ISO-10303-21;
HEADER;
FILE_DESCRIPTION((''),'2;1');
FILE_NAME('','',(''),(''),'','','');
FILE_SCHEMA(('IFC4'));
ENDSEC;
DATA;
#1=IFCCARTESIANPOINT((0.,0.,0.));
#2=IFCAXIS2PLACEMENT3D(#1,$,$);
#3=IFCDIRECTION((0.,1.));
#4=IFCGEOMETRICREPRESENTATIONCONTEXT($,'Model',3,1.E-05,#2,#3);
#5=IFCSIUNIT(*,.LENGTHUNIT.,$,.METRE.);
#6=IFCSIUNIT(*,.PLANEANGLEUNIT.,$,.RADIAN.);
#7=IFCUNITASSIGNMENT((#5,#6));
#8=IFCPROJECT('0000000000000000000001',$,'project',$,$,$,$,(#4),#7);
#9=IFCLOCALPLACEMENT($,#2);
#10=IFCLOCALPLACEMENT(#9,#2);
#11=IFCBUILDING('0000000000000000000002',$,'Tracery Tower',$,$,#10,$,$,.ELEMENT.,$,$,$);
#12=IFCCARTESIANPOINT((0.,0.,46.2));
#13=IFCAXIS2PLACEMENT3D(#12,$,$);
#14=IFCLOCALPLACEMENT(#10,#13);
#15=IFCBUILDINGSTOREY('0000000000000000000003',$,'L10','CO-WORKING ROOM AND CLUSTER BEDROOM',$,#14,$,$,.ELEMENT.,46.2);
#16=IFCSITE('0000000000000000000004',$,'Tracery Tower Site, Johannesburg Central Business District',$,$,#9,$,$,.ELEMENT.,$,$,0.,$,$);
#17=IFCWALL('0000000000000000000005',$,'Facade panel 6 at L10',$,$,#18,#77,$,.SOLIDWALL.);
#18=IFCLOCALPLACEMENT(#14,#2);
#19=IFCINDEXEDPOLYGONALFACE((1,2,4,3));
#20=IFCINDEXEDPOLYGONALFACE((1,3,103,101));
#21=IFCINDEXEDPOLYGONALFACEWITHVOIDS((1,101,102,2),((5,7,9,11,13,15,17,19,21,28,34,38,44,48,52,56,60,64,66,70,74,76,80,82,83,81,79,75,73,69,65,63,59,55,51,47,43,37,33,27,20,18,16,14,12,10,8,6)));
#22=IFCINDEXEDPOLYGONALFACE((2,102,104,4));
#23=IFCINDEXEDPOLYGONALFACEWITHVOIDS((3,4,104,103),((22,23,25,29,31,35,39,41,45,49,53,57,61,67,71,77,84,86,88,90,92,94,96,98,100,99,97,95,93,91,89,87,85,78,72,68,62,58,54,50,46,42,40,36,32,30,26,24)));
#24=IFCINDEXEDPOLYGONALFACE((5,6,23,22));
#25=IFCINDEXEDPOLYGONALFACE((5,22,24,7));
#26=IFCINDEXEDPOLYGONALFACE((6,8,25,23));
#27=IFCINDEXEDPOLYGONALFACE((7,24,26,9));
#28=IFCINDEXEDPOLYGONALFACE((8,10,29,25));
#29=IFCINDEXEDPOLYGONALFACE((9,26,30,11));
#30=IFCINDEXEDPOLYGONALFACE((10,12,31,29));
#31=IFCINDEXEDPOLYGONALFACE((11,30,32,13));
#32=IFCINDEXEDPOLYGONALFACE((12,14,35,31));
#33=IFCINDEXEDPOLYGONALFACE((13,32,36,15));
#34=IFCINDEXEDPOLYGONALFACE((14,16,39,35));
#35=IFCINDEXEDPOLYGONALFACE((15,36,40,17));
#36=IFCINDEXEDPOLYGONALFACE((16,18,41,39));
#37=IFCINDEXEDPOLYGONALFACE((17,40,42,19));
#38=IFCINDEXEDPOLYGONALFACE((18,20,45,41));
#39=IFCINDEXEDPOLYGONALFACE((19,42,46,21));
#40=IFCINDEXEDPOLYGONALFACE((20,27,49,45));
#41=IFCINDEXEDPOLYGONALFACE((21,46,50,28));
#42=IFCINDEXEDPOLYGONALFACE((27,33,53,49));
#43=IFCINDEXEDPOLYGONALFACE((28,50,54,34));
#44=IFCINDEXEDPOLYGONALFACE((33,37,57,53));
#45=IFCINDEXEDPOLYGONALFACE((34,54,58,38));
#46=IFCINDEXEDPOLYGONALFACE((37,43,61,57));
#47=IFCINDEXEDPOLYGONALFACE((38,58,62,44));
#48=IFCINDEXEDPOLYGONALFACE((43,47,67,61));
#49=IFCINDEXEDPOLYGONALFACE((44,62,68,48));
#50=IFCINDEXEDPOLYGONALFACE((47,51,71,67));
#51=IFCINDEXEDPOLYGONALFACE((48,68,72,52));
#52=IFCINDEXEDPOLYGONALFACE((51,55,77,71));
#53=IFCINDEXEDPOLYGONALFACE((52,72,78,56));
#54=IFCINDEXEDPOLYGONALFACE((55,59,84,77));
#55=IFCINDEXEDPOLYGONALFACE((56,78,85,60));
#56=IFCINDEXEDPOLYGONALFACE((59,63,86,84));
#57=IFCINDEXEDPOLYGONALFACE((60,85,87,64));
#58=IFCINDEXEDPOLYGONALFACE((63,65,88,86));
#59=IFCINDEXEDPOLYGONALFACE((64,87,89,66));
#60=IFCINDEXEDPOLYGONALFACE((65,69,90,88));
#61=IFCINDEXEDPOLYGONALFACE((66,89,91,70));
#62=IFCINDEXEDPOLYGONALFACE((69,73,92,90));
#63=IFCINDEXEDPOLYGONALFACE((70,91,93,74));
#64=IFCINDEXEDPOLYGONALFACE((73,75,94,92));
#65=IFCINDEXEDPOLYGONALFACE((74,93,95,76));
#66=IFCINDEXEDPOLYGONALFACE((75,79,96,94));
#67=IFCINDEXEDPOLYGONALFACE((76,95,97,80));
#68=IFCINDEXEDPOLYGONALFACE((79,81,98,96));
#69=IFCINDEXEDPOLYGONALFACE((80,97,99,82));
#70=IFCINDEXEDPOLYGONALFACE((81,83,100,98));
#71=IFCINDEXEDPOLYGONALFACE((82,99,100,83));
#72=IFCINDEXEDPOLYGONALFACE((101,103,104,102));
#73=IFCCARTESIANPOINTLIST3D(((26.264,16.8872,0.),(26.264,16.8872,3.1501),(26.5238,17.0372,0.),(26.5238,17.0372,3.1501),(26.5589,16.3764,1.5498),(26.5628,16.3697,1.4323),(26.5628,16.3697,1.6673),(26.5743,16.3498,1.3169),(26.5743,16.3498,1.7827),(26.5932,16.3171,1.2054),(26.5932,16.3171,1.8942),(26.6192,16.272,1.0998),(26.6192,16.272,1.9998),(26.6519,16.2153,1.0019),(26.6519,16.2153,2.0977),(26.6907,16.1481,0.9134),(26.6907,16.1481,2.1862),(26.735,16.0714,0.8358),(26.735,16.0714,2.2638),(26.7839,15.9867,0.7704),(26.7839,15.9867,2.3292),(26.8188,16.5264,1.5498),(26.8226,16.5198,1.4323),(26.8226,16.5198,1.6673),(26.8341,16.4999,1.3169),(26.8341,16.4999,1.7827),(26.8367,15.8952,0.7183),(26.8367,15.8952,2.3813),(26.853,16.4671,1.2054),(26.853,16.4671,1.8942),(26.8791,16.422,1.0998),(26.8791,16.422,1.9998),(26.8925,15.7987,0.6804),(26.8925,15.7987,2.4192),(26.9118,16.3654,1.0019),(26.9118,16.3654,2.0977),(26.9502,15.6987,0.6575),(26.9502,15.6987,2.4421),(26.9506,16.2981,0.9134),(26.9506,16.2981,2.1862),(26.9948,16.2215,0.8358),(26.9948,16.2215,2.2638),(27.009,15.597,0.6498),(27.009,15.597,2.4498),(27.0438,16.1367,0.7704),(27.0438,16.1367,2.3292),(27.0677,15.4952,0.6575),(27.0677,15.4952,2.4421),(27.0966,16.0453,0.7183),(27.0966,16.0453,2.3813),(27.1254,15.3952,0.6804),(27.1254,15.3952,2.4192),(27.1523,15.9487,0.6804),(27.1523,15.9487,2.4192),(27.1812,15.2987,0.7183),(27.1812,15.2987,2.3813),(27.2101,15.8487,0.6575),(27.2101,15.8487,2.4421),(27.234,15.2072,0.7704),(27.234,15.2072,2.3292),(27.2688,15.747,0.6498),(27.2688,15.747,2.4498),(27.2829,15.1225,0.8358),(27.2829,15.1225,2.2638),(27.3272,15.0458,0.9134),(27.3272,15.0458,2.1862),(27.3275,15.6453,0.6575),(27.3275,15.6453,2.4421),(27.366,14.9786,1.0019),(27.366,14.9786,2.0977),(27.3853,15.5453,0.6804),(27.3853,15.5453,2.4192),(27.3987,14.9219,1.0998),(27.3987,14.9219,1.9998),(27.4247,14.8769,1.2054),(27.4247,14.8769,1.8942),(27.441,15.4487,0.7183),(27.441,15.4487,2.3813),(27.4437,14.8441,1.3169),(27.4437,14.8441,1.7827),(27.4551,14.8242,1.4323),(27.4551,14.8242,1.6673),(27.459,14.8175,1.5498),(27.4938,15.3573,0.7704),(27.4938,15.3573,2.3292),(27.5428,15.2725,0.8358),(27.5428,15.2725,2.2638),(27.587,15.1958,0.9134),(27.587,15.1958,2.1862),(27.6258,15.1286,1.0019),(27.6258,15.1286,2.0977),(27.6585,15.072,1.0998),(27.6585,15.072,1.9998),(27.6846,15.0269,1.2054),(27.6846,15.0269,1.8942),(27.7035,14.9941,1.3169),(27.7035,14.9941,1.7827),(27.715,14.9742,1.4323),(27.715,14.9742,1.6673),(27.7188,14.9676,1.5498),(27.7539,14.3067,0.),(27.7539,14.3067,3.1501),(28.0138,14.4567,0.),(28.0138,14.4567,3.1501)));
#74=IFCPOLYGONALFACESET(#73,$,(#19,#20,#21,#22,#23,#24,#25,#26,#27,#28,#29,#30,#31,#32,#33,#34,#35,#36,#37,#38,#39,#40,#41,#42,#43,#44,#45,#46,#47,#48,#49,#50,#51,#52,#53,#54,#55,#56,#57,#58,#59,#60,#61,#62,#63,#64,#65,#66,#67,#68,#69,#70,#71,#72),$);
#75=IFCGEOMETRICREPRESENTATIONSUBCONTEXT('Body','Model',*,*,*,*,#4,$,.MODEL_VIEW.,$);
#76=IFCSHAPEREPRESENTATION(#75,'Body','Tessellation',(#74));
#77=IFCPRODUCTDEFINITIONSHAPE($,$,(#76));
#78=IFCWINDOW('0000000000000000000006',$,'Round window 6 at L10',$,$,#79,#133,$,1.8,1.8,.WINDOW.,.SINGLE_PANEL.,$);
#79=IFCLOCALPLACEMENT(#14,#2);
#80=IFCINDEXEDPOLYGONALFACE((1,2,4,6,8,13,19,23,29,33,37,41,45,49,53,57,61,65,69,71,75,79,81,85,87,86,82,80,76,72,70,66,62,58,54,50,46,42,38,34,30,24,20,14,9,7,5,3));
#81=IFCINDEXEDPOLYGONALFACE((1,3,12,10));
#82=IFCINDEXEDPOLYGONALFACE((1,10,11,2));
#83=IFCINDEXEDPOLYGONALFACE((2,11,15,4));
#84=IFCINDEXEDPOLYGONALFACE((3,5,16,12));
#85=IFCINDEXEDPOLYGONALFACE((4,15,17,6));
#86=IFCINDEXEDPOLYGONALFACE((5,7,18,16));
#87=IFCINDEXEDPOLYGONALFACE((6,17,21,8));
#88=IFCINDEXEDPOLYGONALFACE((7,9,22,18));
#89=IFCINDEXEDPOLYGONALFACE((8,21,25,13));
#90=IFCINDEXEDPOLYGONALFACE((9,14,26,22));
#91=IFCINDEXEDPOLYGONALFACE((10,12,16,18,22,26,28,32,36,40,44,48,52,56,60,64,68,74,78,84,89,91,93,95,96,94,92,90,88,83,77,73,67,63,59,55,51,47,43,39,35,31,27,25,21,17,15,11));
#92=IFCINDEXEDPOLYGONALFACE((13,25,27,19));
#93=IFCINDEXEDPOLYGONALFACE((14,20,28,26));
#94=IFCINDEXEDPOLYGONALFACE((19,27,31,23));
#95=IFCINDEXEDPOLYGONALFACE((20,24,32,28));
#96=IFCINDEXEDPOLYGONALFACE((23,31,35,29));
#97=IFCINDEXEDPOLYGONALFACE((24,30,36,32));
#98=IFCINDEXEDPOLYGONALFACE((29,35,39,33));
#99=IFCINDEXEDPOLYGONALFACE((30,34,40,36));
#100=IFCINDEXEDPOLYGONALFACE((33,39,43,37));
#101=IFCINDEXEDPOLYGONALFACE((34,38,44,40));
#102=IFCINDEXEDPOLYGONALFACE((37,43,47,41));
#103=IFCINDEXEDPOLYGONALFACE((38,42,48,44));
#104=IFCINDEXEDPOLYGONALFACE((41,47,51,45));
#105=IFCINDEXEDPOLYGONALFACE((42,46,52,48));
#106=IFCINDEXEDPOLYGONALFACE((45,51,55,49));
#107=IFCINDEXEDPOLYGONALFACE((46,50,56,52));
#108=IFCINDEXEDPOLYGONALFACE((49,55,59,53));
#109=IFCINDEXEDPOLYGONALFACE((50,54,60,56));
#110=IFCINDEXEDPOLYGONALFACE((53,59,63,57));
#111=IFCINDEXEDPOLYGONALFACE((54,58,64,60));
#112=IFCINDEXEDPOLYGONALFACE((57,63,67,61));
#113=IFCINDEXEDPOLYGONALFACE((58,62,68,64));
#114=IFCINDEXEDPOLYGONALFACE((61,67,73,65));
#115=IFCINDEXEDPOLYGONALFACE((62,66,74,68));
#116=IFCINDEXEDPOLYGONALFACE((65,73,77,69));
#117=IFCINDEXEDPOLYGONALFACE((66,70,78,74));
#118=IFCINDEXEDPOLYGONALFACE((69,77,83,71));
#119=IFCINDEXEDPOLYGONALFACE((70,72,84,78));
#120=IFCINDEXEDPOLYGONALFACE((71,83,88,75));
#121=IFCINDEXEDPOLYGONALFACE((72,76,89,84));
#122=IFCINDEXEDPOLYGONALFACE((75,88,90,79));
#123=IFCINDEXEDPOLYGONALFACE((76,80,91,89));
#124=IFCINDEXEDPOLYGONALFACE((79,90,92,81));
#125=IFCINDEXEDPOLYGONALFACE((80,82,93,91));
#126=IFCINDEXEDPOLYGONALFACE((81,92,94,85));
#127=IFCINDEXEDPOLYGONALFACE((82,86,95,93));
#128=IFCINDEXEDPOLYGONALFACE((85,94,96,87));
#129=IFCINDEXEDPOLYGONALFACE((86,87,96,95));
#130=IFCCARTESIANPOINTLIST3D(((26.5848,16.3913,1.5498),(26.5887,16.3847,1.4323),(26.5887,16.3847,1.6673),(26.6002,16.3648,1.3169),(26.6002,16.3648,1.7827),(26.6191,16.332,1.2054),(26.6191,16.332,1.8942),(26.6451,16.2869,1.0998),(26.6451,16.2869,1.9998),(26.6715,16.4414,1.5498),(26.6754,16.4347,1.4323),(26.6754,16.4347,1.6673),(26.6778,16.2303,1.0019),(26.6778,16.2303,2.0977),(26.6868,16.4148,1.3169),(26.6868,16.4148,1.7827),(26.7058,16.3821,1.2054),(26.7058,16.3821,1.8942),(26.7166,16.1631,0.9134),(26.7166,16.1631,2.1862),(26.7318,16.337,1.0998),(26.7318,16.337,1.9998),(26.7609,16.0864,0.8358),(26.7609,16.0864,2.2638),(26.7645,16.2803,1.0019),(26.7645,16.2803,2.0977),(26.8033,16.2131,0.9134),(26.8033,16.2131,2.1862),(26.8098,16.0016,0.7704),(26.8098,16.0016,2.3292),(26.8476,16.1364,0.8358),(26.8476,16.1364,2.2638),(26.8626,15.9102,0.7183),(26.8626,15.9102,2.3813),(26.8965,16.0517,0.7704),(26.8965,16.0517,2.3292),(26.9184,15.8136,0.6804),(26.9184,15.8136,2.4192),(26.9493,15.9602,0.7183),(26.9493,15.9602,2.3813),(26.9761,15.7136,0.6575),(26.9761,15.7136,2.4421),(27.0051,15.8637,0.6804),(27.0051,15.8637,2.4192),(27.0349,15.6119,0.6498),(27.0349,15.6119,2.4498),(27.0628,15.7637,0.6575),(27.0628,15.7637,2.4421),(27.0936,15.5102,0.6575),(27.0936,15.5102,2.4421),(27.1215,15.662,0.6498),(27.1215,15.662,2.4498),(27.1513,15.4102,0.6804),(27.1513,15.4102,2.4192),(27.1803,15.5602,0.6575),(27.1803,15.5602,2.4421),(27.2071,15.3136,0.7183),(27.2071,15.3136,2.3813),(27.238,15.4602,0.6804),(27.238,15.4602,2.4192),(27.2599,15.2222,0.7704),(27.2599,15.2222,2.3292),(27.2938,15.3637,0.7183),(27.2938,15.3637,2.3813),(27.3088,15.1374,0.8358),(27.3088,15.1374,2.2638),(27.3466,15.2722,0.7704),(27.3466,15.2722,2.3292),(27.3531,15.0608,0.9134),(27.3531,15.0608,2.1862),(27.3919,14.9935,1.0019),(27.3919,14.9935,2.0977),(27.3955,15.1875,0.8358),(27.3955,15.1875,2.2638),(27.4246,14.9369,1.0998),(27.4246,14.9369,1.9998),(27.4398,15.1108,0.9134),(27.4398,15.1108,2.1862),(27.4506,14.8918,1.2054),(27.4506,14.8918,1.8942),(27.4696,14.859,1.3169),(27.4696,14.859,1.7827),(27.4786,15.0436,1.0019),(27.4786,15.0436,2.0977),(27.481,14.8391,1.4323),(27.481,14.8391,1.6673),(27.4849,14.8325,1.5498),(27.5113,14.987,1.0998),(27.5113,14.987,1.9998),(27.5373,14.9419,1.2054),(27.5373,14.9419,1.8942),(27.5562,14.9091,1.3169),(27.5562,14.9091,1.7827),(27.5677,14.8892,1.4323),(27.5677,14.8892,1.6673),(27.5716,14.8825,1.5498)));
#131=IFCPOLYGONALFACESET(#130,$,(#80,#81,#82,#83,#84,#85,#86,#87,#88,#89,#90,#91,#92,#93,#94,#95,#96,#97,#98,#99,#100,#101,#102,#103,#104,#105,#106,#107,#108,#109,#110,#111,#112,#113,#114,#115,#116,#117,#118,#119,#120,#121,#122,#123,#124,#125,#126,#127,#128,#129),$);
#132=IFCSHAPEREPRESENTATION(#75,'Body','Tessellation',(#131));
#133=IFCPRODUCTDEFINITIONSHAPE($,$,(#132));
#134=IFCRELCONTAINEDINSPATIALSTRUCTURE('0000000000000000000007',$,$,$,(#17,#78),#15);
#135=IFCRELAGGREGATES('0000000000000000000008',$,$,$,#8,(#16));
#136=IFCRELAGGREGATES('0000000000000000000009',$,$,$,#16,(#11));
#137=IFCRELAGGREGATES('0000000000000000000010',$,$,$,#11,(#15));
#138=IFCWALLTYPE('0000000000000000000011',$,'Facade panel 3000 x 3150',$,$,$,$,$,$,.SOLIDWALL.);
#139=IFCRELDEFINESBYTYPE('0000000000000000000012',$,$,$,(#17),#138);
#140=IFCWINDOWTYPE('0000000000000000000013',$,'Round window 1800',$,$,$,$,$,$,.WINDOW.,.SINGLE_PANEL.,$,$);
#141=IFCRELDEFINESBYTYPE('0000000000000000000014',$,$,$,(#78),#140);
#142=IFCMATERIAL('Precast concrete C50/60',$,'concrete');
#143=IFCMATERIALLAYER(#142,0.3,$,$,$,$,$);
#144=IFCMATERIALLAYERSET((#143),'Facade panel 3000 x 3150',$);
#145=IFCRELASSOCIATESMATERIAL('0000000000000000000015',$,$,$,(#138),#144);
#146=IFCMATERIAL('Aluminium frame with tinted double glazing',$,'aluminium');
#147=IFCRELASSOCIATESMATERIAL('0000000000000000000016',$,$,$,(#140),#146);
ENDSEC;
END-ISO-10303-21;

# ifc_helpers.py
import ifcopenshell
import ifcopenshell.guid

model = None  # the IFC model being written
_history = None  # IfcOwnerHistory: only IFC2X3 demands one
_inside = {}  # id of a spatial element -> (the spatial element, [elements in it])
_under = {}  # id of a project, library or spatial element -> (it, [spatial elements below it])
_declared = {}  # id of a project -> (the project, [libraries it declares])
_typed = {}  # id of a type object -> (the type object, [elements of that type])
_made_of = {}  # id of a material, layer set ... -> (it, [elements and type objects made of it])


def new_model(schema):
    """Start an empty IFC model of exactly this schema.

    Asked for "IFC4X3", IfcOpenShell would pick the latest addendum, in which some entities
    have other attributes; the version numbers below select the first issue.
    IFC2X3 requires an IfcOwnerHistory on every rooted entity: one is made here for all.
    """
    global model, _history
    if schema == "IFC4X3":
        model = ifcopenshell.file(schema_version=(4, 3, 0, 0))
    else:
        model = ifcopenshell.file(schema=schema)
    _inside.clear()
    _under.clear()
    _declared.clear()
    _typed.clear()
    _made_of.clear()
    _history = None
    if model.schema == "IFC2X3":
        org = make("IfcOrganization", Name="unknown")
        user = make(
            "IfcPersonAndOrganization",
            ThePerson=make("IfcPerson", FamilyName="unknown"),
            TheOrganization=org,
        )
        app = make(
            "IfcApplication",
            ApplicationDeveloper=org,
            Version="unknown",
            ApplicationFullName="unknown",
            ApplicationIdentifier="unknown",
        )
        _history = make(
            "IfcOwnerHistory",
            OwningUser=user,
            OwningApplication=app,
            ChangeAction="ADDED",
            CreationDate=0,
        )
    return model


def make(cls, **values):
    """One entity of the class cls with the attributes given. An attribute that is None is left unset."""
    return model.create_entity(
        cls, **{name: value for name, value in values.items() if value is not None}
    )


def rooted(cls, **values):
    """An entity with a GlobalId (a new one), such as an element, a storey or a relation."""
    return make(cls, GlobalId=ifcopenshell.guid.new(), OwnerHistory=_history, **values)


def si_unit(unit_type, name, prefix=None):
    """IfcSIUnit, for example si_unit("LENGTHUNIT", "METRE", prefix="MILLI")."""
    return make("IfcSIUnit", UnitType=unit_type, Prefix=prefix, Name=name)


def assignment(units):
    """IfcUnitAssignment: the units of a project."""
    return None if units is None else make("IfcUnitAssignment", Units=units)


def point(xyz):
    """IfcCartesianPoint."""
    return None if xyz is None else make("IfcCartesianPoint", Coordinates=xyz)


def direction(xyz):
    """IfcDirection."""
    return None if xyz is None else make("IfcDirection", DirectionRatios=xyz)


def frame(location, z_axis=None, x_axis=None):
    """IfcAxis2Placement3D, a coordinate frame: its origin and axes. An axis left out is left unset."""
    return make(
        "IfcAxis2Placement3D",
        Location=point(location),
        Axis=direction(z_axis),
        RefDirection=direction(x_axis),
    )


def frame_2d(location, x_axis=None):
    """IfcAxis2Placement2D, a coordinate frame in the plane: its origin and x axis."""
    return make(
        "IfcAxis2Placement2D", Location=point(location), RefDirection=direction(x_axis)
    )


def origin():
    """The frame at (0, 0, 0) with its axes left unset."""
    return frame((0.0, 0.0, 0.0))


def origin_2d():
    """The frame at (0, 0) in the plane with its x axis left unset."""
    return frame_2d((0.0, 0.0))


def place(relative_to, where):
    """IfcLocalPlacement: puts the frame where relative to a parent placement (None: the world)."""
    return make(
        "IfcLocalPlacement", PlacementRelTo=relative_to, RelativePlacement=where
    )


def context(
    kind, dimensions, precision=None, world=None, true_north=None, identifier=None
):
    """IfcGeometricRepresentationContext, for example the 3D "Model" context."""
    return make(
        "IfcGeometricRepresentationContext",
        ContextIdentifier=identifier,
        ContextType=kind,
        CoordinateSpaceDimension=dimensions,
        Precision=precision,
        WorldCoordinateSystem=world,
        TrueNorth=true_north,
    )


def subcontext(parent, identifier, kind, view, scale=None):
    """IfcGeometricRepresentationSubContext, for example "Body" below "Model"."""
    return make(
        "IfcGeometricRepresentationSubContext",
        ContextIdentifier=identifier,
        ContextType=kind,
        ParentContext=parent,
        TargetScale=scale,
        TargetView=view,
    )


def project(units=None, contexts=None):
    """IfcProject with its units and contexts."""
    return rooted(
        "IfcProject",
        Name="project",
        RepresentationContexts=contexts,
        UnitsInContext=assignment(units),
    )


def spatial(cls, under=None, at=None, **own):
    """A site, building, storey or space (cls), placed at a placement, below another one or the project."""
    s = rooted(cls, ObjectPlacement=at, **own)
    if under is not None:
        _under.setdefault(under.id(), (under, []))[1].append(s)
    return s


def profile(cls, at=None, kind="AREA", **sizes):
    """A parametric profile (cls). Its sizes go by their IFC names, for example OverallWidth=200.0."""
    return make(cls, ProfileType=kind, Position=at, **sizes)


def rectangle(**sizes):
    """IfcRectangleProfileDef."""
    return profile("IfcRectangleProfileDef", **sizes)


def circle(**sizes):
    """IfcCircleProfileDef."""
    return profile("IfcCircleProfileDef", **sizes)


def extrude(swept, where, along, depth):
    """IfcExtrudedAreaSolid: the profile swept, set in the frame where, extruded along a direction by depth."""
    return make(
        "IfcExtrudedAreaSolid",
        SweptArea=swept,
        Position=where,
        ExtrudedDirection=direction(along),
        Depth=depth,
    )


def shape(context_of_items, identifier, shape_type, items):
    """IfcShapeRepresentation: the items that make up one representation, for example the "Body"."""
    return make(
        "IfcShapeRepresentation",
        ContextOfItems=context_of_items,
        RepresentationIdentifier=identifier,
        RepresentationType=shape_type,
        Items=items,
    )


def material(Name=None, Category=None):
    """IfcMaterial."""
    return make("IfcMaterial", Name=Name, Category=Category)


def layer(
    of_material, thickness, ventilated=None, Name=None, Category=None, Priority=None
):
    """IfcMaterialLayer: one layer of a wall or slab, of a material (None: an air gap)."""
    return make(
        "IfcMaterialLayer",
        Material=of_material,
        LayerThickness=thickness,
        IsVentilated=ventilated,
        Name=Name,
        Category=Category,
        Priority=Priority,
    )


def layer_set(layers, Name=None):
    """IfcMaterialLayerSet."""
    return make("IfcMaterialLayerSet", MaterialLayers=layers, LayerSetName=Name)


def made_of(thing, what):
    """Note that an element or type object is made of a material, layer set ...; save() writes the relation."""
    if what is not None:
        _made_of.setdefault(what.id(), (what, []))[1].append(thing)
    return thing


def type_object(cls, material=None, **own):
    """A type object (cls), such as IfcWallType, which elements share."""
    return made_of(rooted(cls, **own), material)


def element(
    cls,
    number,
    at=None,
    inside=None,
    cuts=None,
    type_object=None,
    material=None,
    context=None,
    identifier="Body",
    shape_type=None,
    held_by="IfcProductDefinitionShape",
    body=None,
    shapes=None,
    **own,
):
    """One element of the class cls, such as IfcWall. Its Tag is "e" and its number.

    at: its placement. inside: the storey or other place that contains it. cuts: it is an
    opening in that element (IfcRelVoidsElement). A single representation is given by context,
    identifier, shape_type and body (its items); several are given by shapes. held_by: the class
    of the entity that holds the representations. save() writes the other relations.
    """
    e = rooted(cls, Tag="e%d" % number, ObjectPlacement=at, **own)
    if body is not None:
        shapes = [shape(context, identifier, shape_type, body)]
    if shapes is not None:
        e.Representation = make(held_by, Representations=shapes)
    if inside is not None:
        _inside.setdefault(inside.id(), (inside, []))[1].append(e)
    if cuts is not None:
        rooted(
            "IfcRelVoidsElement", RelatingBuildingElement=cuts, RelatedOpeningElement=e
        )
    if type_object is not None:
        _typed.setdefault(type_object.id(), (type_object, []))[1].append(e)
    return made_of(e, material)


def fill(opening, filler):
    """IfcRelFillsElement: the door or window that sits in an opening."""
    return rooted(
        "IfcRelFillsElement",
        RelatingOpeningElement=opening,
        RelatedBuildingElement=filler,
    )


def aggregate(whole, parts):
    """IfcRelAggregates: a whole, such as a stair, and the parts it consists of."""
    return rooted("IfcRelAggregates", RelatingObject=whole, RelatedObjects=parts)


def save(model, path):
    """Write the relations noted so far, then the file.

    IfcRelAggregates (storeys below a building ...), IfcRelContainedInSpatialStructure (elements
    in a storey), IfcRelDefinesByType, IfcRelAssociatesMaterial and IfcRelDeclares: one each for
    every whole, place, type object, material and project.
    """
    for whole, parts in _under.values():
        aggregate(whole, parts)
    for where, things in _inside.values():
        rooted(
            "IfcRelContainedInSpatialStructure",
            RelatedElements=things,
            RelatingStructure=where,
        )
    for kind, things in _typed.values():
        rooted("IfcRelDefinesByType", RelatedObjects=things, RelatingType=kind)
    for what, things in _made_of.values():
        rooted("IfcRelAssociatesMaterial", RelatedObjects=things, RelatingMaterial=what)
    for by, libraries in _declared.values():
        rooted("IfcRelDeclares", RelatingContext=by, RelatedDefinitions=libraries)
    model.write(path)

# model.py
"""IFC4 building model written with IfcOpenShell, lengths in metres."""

from ifc_helpers import new_model, si_unit, direction, frame, frame_2d, origin, origin_2d, place, context, subcontext, project, spatial, rectangle, circle, extrude, material, layer, layer_set, type_object, element, fill, save


model = new_model("IFC4")

# Units and contexts
model_context = context("Model", 3, precision=1e-05, world=origin(), true_north=direction((0.0, 1.0)))
body_context = subcontext(model_context, "Body", "Model", "MODEL_VIEW")
ifc_project = project(units=[si_unit("LENGTHUNIT", "METRE"), si_unit("PLANEANGLEUNIT", "RADIAN")], contexts=[model_context])

# Site, building, storey
site_placement = place(None, origin())
site = spatial("IfcSite", under=ifc_project, at=site_placement, Name="Tracery Tower Site, Johannesburg Central Business District", CompositionType="ELEMENT", RefElevation=0.0)
building_placement = place(site_placement, origin())
building = spatial("IfcBuilding", under=site, at=building_placement, Name="Tracery Tower", CompositionType="ELEMENT")
storey_placement = place(building_placement, frame((0.0, 0.0, 46.2)))
storey = spatial("IfcBuildingStorey", under=building, at=storey_placement, Name="L10", Description="CO-WORKING ROOM AND CLUSTER BEDROOM", CompositionType="ELEMENT", Elevation=46.2)

# Wall, opening, window
ifc_material_1 = material(Name="Precast concrete C50/60", Category="concrete")
ifc_layer_1 = layer(ifc_material_1, 0.3)
ifc_layer_set_1 = layer_set([ifc_layer_1], Name="Facade panel 3000 x 3150")
wall_type_1 = type_object("IfcWallType", Name="Facade panel 3000 x 3150", PredefinedType="SOLIDWALL", material=ifc_layer_set_1)
wall_1_placement = place(storey_placement, frame((27.8838, 14.3818, 0.0), z_axis=(0.0, 0.0, 1.0), x_axis=(-0.500025, 0.866011, 0.0)))
wall_1 = element("IfcWall", 1, at=wall_1_placement, inside=storey, type_object=wall_type_1, Name="Facade panel 6 at L10", PredefinedType="SOLIDWALL", context=body_context, shape_type="SweptSolid", body=[
    extrude(rectangle(XDim=2.9797, YDim=0.3, at=frame_2d((1.4897, 0.0))), origin(), (0.0, 0.0, 1.0), 3.1501),
])
opening_1_placement = place(wall_1_placement, frame((1.4897, 0.0, 1.5498)))
opening_1 = element("IfcOpeningElement", 2, at=opening_1_placement, cuts=wall_1, PredefinedType="OPENING", context=body_context, shape_type="SweptSolid", body=[
    extrude(circle(Radius=0.9, at=origin_2d()), frame((0.0, 0.1599, 0.0), z_axis=(0.0, -1.0, 0.0), x_axis=(1.0, 0.0, 0.0)), (0.0, 0.0, 1.0), 0.3201),
])
ifc_material_2 = material(Name="Aluminium frame with tinted double glazing", Category="aluminium")
window_type = type_object("IfcWindowType", Name="Round window 1800", PartitioningType="SINGLE_PANEL", PredefinedType="WINDOW", material=ifc_material_2)
window_1_placement = place(opening_1_placement, origin())
window_1 = element("IfcWindow", 3, at=window_1_placement, inside=storey, type_object=window_type, Name="Round window 6 at L10", OverallHeight=1.8, OverallWidth=1.8, PartitioningType="SINGLE_PANEL", PredefinedType="WINDOW", context=body_context, shape_type="SweptSolid", body=[
    extrude(circle(Radius=0.9, at=origin_2d()), frame((0.0, 0.1201, 0.0), z_axis=(0.0, -1.0, 0.0), x_axis=(1.0, 0.0, 0.0)), (0.0, 0.0, 1.0), 0.1001),
])
fill(opening_1, window_1)

save(model, "model.ifc")
